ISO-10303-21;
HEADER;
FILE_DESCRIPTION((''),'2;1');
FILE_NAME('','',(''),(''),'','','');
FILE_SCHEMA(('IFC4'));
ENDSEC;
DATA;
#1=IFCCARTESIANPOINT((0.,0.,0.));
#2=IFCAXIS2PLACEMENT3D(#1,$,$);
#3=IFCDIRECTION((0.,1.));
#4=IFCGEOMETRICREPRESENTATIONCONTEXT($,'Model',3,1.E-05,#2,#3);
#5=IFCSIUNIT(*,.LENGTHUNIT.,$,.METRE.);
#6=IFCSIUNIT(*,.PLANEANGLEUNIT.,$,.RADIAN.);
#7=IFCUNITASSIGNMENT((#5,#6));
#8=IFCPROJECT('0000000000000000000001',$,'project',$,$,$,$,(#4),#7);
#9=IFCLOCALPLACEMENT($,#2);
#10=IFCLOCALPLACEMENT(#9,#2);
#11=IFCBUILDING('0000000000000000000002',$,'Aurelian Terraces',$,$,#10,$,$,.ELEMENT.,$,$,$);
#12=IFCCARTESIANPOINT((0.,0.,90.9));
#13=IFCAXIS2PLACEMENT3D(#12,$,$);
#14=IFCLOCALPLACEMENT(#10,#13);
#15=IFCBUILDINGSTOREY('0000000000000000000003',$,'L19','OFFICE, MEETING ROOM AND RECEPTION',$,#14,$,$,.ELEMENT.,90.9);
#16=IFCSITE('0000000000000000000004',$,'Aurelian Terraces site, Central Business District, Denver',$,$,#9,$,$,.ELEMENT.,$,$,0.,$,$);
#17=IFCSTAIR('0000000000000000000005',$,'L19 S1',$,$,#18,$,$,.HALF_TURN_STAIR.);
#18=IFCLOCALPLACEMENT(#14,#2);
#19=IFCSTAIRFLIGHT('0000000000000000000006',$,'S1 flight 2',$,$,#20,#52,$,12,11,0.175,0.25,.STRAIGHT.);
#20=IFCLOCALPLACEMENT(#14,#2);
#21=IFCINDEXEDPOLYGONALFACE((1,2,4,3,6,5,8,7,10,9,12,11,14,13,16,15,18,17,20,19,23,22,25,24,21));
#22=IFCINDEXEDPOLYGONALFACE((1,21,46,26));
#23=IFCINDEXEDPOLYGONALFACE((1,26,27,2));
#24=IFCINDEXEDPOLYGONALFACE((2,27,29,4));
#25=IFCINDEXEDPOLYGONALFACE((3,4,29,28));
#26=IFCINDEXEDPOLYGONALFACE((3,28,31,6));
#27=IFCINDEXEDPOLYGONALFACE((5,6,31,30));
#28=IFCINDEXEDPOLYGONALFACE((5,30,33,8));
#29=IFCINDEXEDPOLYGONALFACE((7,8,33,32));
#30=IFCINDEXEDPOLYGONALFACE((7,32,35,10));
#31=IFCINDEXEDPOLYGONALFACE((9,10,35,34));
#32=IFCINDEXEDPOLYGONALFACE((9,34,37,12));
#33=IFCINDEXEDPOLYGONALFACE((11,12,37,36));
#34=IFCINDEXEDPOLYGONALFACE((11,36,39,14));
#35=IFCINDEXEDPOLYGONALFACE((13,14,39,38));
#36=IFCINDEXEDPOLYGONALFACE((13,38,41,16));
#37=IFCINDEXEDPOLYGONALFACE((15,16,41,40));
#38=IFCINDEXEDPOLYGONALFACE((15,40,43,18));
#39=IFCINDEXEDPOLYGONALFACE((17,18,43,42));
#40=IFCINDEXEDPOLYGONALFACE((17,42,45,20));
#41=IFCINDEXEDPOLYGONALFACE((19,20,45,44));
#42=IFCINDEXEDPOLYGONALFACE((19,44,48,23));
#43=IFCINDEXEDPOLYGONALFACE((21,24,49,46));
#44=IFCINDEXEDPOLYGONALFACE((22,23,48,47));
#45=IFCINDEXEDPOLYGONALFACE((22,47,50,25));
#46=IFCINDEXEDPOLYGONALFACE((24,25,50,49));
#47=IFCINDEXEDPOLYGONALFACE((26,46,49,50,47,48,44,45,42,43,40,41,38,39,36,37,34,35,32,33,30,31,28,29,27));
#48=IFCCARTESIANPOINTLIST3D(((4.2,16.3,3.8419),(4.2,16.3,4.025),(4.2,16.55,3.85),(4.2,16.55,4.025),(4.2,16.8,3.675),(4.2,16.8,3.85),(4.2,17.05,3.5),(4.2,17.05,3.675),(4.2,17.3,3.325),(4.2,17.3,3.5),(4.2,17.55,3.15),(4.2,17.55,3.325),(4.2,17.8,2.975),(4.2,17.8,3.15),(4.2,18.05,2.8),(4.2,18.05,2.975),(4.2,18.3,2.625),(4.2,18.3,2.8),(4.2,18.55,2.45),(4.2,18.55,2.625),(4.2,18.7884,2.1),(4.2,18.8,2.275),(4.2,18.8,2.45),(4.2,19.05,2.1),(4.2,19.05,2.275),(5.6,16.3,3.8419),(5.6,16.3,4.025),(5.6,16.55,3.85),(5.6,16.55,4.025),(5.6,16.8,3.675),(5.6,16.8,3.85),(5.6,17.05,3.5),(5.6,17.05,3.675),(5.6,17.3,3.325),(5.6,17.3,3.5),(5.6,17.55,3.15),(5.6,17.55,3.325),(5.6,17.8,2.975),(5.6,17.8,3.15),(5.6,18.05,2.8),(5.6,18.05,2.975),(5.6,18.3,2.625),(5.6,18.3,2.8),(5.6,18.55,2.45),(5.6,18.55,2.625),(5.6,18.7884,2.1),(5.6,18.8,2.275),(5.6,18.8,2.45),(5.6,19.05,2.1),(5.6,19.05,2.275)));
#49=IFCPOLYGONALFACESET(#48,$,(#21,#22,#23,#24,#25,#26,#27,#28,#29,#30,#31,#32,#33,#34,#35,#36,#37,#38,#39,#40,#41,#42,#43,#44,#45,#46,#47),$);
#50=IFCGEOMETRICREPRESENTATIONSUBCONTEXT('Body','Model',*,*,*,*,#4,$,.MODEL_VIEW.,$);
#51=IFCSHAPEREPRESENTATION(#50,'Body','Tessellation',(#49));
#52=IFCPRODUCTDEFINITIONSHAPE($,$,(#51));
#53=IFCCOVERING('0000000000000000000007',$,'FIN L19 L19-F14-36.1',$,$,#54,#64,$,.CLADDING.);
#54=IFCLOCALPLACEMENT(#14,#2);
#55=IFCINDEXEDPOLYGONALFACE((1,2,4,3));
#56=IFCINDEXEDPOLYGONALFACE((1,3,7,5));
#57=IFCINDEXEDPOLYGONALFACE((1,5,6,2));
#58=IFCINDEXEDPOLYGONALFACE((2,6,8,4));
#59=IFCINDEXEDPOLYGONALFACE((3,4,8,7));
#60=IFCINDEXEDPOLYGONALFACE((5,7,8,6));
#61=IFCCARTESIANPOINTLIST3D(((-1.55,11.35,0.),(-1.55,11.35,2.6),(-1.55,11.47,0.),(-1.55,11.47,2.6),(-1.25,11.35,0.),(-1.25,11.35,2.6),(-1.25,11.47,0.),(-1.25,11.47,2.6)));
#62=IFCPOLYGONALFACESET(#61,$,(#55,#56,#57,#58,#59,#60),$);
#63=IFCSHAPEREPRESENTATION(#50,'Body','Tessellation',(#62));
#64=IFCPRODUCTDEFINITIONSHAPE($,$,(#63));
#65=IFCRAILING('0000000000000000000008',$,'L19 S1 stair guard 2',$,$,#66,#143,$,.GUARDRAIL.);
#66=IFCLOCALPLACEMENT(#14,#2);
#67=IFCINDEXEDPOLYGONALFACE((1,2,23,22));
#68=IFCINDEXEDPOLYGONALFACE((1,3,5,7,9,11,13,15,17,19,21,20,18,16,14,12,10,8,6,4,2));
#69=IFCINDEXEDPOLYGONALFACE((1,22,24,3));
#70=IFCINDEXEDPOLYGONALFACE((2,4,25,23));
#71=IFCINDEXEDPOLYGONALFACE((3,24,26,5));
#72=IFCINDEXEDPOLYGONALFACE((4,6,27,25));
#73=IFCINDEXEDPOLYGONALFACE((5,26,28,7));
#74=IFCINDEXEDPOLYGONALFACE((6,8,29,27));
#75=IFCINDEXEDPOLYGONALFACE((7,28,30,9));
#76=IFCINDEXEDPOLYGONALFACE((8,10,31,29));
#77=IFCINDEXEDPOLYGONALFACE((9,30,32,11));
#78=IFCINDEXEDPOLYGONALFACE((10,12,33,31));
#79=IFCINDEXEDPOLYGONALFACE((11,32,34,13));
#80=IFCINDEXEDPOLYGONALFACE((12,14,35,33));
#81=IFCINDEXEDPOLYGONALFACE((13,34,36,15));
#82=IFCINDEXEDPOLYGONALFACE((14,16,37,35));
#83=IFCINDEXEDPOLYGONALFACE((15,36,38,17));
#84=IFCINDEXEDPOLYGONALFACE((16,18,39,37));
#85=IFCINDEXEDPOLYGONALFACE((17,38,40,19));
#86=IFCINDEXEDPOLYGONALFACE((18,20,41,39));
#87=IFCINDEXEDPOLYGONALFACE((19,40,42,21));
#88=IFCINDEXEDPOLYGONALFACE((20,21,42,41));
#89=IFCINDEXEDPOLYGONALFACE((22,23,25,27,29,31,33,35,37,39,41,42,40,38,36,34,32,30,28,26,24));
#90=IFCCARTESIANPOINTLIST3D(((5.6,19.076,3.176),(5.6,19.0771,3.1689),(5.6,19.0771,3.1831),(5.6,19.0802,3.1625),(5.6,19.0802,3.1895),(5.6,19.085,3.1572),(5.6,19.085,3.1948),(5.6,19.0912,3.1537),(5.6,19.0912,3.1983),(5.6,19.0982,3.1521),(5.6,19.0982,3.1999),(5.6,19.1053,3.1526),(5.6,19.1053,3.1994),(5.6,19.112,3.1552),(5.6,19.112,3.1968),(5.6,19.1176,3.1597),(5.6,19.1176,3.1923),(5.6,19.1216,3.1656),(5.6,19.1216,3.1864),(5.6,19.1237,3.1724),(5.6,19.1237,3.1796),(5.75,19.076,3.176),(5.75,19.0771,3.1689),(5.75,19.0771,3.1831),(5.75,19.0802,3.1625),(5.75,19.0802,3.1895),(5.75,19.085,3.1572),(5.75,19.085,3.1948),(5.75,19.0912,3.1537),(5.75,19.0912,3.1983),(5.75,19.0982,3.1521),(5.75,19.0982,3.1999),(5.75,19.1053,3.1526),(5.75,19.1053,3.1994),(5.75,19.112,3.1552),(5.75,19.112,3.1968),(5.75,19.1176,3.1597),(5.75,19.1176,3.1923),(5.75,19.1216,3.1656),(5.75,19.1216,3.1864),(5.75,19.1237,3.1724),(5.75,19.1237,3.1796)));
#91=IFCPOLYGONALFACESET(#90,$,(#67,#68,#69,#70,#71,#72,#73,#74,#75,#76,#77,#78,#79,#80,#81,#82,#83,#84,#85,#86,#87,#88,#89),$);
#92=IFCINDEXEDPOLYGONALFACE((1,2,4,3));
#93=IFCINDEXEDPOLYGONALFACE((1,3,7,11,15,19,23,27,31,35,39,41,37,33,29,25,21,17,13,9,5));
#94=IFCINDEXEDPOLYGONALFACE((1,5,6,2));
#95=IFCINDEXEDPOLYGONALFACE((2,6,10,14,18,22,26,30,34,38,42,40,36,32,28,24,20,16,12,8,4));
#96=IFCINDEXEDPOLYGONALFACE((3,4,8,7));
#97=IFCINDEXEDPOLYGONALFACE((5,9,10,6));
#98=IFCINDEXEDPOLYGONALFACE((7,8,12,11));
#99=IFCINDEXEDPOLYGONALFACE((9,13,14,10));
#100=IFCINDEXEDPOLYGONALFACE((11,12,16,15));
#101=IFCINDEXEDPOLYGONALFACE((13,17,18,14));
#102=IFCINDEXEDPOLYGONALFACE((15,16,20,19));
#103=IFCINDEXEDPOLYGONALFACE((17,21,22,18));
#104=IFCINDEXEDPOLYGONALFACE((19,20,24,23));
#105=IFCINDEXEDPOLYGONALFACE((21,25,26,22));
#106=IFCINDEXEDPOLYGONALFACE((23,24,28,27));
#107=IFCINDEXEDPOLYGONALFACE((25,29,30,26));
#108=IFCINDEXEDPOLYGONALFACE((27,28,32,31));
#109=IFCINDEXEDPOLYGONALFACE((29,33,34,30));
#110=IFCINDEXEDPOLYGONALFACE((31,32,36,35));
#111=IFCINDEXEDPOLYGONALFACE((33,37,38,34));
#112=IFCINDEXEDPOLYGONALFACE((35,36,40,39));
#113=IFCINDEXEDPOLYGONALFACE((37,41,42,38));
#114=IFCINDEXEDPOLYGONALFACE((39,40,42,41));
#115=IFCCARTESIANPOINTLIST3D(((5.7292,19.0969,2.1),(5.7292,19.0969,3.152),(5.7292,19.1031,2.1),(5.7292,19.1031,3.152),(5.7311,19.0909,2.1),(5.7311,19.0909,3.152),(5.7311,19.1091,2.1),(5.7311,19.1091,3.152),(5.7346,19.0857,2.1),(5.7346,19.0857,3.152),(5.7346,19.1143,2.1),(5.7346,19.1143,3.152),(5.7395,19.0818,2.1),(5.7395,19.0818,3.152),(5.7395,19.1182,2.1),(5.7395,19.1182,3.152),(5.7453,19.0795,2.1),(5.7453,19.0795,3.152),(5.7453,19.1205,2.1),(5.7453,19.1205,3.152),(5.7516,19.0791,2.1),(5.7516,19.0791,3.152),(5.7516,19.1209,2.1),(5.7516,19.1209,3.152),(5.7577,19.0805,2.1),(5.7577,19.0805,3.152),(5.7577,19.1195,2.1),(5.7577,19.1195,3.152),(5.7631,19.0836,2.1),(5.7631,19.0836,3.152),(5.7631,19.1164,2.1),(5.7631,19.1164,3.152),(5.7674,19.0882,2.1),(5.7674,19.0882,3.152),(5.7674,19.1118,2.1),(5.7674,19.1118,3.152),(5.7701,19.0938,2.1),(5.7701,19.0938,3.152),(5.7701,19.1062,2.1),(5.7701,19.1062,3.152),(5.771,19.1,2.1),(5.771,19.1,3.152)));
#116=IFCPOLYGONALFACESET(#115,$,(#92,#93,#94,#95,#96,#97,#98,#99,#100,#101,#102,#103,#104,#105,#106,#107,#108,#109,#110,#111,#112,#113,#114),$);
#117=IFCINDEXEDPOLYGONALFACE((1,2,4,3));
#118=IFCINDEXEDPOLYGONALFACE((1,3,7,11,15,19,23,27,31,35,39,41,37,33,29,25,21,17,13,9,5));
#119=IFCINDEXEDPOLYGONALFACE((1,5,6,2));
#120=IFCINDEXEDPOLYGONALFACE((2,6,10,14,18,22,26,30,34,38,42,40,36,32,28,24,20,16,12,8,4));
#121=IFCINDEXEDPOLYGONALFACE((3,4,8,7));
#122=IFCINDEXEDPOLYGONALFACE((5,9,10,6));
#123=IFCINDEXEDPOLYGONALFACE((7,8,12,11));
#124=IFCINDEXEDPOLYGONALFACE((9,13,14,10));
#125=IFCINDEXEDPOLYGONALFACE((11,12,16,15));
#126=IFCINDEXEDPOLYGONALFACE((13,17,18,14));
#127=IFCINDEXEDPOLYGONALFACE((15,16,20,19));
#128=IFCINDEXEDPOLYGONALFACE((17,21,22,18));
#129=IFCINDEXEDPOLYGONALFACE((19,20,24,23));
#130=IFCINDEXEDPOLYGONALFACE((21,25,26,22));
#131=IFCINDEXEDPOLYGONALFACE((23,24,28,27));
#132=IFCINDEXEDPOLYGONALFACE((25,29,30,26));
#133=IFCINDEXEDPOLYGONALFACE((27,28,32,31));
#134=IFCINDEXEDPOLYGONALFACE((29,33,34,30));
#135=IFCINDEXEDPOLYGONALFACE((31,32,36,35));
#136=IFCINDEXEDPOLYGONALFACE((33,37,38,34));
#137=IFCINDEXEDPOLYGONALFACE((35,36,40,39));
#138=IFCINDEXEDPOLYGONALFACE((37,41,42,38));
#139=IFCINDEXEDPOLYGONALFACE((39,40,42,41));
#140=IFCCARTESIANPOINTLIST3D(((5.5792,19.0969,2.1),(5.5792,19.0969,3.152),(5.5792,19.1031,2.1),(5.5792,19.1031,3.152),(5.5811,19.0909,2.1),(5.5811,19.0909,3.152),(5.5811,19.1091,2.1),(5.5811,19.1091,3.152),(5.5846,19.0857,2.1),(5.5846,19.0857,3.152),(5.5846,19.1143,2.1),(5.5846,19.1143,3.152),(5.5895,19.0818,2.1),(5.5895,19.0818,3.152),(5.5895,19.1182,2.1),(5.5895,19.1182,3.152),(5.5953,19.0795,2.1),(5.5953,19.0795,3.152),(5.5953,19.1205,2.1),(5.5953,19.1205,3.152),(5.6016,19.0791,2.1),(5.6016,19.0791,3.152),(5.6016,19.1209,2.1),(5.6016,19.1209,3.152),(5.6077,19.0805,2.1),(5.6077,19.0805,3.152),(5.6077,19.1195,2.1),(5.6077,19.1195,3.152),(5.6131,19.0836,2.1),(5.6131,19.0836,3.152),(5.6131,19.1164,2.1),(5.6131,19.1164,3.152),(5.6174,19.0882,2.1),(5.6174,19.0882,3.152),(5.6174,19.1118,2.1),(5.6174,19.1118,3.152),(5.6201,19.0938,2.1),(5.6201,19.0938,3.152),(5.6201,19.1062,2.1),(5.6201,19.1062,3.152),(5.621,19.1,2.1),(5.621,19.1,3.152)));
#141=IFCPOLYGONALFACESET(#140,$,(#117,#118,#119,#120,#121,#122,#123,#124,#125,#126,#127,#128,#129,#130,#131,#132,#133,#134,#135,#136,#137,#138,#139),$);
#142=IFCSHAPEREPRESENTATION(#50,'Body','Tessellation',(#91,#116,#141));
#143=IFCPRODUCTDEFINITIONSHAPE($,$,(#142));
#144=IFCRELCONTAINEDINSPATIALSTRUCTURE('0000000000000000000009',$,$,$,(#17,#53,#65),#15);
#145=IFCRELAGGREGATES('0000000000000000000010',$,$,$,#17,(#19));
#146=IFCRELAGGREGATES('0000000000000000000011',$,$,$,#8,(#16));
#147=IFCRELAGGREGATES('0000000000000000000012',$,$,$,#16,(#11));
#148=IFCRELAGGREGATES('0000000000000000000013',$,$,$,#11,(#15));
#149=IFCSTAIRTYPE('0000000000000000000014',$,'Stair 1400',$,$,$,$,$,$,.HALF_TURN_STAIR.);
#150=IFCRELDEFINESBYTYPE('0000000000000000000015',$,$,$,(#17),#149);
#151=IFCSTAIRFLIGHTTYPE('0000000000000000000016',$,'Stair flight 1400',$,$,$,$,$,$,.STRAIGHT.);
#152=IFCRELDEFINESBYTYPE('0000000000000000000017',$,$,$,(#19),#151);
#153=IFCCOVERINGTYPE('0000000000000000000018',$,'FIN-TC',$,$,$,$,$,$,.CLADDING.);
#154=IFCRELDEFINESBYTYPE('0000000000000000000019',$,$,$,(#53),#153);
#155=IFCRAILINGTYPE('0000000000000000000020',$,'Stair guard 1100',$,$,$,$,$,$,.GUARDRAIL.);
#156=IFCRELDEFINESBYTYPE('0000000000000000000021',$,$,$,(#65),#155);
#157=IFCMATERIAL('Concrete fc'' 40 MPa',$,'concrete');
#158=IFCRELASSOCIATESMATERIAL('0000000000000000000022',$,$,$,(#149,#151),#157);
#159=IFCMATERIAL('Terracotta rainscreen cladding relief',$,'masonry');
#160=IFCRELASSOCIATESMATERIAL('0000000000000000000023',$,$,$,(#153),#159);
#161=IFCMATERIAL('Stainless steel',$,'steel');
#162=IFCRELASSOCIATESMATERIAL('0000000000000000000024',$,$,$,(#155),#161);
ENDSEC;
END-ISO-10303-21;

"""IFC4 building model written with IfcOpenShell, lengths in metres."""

from ifc_helpers import new_model, si_unit, direction, frame, origin, origin_2d, place, context, subcontext, project, spatial, polyline, rectangle, circle, outline, extrude, source, transform, mapped, material, type_object, element, aggregate, save


model = new_model("IFC4")

# Units and contexts
model_context = context("Model", 3, precision=1e-05, world=origin(), true_north=direction((0.0, 1.0)))
body_context = subcontext(model_context, "Body", "Model", "MODEL_VIEW")
ifc_project = project(units=[si_unit("LENGTHUNIT", "METRE"), si_unit("PLANEANGLEUNIT", "RADIAN")], contexts=[model_context])

# Site, building, storey
site_placement = place(None, origin())
site = spatial("IfcSite", under=ifc_project, at=site_placement, Name="Aurelian Terraces site, Central Business District, Denver", CompositionType="ELEMENT", RefElevation=0.0)
building_placement = place(site_placement, origin())
building = spatial("IfcBuilding", under=site, at=building_placement, Name="Aurelian Terraces", CompositionType="ELEMENT")
storey_placement = place(building_placement, frame((0.0, 0.0, 90.9)))
storey = spatial("IfcBuildingStorey", under=building, at=storey_placement, Name="L19", Description="OFFICE, MEETING ROOM AND RECEPTION", CompositionType="ELEMENT", Elevation=90.9)

# Shared definitions
ifc_material_1 = material(Name="Concrete fc' 40 MPa", Category="concrete")
ifc_material_2 = material(Name="Stainless steel", Category="steel")

# Stair, stair flight
stair_type = type_object("IfcStairType", Name="Stair 1400", PredefinedType="HALF_TURN_STAIR", material=ifc_material_1)
stair_placement = place(storey_placement, origin())
stair = element("IfcStair", 1, at=stair_placement, inside=storey, type_object=stair_type, Name="L19 S1", PredefinedType="HALF_TURN_STAIR")
stair_flight_type = type_object("IfcStairFlightType", Name="Stair flight 1400", PredefinedType="STRAIGHT", material=ifc_material_1)
shared_shape_1 = source(origin(), body_context, "Body", "SweptSolid", [
    extrude(outline(polyline([(0.0, 0.0), (0.0, 0.175), (0.25, 0.175), (0.25, 0.35), (0.5, 0.35), (0.5, 0.525), (0.75, 0.525), (0.75, 0.7), (1.0, 0.7), (1.0, 0.875), (1.25, 0.875), (1.25, 1.05), (1.5, 1.05), (1.5, 1.225), (1.75, 1.225), (1.75, 1.4), (2.0, 1.4), (2.0, 1.575), (2.25, 1.575), (2.25, 1.75), (2.5, 1.75), (2.5, 1.925), (2.75, 1.925), (2.75, 2.1), (2.75, 1.7419), (0.2616, 0.0), (0.0, 0.0)])), frame((0.0, 0.7, 0.0), z_axis=(0.0, -1.0, 0.0), x_axis=(1.0, 0.0, 0.0)), (0.0, 0.0, 1.0), 1.4),
])
stair_flight_placement = place(storey_placement, frame((4.9, 19.05, 2.1), z_axis=(0.0, 0.0, 1.0), x_axis=(0.0, -1.0, 0.0)))
stair_flight = element("IfcStairFlight", 2, at=stair_flight_placement, type_object=stair_flight_type, Name="S1 flight 2", NumberOfRisers=12, NumberOfTreads=11, PredefinedType="STRAIGHT", RiserHeight=0.175, TreadLength=0.25, context=body_context, shape_type="MappedRepresentation", body=[
    mapped(shared_shape_1, transform((0.0, 0.0, 0.0), scale=1.0)),
])
aggregate(stair, [stair_flight])

# Covering
ifc_material_3 = material(Name="Terracotta rainscreen cladding relief", Category="masonry")
covering_type = type_object("IfcCoveringType", Name="FIN-TC", PredefinedType="CLADDING", material=ifc_material_3)
shared_shape_2 = source(origin(), body_context, "Body", "SweptSolid", [
    extrude(rectangle(XDim=0.3, YDim=0.12, at=origin_2d()), origin(), (0.0, 0.0, 1.0), 2.6),
])
covering_placement = place(storey_placement, frame((-1.4, 11.41, 0.0), z_axis=(0.0, 0.0, 1.0), x_axis=(1.0, 0.0, 0.0)))
element("IfcCovering", 3, at=covering_placement, inside=storey, type_object=covering_type, Name="FIN L19 L19-F14-36.1", PredefinedType="CLADDING", context=body_context, shape_type="MappedRepresentation", body=[
    mapped(shared_shape_2, transform((0.0, 0.0, 0.0), scale=1.0)),
])

# Railing
railing_type_1 = type_object("IfcRailingType", Name="Stair guard 1100", PredefinedType="GUARDRAIL", material=ifc_material_2)
shared_shape_3 = source(origin(), body_context, "Body", "SweptSolid", [
    extrude(circle(Radius=0.024, at=origin_2d()), frame((0.0, 0.0, 1.076), z_axis=(-1.0, 0.0, 0.0), x_axis=(0.0, -1.0, 0.0)), (0.0, 0.0, 1.0), 0.15),
    extrude(circle(Radius=0.021, at=origin_2d()), origin(), (0.0, 0.0, 1.0), 1.052),
    extrude(circle(Radius=0.021, at=origin_2d()), frame((-0.15, 0.0, 0.0)), (0.0, 0.0, 1.0), 1.052),
])
for number, where, name in (
    (4, (5.75, 19.1, 2.1), "L19 S1 stair guard 2"),
):
    element("IfcRailing", number, at=place(storey_placement, frame(where)), inside=storey, type_object=railing_type_1, Name=name, PredefinedType="GUARDRAIL", context=body_context, shape_type="MappedRepresentation", body=[
        mapped(shared_shape_3, transform((0.0, 0.0, 0.0), scale=1.0)),
    ])

save(model, "model.ifc")
